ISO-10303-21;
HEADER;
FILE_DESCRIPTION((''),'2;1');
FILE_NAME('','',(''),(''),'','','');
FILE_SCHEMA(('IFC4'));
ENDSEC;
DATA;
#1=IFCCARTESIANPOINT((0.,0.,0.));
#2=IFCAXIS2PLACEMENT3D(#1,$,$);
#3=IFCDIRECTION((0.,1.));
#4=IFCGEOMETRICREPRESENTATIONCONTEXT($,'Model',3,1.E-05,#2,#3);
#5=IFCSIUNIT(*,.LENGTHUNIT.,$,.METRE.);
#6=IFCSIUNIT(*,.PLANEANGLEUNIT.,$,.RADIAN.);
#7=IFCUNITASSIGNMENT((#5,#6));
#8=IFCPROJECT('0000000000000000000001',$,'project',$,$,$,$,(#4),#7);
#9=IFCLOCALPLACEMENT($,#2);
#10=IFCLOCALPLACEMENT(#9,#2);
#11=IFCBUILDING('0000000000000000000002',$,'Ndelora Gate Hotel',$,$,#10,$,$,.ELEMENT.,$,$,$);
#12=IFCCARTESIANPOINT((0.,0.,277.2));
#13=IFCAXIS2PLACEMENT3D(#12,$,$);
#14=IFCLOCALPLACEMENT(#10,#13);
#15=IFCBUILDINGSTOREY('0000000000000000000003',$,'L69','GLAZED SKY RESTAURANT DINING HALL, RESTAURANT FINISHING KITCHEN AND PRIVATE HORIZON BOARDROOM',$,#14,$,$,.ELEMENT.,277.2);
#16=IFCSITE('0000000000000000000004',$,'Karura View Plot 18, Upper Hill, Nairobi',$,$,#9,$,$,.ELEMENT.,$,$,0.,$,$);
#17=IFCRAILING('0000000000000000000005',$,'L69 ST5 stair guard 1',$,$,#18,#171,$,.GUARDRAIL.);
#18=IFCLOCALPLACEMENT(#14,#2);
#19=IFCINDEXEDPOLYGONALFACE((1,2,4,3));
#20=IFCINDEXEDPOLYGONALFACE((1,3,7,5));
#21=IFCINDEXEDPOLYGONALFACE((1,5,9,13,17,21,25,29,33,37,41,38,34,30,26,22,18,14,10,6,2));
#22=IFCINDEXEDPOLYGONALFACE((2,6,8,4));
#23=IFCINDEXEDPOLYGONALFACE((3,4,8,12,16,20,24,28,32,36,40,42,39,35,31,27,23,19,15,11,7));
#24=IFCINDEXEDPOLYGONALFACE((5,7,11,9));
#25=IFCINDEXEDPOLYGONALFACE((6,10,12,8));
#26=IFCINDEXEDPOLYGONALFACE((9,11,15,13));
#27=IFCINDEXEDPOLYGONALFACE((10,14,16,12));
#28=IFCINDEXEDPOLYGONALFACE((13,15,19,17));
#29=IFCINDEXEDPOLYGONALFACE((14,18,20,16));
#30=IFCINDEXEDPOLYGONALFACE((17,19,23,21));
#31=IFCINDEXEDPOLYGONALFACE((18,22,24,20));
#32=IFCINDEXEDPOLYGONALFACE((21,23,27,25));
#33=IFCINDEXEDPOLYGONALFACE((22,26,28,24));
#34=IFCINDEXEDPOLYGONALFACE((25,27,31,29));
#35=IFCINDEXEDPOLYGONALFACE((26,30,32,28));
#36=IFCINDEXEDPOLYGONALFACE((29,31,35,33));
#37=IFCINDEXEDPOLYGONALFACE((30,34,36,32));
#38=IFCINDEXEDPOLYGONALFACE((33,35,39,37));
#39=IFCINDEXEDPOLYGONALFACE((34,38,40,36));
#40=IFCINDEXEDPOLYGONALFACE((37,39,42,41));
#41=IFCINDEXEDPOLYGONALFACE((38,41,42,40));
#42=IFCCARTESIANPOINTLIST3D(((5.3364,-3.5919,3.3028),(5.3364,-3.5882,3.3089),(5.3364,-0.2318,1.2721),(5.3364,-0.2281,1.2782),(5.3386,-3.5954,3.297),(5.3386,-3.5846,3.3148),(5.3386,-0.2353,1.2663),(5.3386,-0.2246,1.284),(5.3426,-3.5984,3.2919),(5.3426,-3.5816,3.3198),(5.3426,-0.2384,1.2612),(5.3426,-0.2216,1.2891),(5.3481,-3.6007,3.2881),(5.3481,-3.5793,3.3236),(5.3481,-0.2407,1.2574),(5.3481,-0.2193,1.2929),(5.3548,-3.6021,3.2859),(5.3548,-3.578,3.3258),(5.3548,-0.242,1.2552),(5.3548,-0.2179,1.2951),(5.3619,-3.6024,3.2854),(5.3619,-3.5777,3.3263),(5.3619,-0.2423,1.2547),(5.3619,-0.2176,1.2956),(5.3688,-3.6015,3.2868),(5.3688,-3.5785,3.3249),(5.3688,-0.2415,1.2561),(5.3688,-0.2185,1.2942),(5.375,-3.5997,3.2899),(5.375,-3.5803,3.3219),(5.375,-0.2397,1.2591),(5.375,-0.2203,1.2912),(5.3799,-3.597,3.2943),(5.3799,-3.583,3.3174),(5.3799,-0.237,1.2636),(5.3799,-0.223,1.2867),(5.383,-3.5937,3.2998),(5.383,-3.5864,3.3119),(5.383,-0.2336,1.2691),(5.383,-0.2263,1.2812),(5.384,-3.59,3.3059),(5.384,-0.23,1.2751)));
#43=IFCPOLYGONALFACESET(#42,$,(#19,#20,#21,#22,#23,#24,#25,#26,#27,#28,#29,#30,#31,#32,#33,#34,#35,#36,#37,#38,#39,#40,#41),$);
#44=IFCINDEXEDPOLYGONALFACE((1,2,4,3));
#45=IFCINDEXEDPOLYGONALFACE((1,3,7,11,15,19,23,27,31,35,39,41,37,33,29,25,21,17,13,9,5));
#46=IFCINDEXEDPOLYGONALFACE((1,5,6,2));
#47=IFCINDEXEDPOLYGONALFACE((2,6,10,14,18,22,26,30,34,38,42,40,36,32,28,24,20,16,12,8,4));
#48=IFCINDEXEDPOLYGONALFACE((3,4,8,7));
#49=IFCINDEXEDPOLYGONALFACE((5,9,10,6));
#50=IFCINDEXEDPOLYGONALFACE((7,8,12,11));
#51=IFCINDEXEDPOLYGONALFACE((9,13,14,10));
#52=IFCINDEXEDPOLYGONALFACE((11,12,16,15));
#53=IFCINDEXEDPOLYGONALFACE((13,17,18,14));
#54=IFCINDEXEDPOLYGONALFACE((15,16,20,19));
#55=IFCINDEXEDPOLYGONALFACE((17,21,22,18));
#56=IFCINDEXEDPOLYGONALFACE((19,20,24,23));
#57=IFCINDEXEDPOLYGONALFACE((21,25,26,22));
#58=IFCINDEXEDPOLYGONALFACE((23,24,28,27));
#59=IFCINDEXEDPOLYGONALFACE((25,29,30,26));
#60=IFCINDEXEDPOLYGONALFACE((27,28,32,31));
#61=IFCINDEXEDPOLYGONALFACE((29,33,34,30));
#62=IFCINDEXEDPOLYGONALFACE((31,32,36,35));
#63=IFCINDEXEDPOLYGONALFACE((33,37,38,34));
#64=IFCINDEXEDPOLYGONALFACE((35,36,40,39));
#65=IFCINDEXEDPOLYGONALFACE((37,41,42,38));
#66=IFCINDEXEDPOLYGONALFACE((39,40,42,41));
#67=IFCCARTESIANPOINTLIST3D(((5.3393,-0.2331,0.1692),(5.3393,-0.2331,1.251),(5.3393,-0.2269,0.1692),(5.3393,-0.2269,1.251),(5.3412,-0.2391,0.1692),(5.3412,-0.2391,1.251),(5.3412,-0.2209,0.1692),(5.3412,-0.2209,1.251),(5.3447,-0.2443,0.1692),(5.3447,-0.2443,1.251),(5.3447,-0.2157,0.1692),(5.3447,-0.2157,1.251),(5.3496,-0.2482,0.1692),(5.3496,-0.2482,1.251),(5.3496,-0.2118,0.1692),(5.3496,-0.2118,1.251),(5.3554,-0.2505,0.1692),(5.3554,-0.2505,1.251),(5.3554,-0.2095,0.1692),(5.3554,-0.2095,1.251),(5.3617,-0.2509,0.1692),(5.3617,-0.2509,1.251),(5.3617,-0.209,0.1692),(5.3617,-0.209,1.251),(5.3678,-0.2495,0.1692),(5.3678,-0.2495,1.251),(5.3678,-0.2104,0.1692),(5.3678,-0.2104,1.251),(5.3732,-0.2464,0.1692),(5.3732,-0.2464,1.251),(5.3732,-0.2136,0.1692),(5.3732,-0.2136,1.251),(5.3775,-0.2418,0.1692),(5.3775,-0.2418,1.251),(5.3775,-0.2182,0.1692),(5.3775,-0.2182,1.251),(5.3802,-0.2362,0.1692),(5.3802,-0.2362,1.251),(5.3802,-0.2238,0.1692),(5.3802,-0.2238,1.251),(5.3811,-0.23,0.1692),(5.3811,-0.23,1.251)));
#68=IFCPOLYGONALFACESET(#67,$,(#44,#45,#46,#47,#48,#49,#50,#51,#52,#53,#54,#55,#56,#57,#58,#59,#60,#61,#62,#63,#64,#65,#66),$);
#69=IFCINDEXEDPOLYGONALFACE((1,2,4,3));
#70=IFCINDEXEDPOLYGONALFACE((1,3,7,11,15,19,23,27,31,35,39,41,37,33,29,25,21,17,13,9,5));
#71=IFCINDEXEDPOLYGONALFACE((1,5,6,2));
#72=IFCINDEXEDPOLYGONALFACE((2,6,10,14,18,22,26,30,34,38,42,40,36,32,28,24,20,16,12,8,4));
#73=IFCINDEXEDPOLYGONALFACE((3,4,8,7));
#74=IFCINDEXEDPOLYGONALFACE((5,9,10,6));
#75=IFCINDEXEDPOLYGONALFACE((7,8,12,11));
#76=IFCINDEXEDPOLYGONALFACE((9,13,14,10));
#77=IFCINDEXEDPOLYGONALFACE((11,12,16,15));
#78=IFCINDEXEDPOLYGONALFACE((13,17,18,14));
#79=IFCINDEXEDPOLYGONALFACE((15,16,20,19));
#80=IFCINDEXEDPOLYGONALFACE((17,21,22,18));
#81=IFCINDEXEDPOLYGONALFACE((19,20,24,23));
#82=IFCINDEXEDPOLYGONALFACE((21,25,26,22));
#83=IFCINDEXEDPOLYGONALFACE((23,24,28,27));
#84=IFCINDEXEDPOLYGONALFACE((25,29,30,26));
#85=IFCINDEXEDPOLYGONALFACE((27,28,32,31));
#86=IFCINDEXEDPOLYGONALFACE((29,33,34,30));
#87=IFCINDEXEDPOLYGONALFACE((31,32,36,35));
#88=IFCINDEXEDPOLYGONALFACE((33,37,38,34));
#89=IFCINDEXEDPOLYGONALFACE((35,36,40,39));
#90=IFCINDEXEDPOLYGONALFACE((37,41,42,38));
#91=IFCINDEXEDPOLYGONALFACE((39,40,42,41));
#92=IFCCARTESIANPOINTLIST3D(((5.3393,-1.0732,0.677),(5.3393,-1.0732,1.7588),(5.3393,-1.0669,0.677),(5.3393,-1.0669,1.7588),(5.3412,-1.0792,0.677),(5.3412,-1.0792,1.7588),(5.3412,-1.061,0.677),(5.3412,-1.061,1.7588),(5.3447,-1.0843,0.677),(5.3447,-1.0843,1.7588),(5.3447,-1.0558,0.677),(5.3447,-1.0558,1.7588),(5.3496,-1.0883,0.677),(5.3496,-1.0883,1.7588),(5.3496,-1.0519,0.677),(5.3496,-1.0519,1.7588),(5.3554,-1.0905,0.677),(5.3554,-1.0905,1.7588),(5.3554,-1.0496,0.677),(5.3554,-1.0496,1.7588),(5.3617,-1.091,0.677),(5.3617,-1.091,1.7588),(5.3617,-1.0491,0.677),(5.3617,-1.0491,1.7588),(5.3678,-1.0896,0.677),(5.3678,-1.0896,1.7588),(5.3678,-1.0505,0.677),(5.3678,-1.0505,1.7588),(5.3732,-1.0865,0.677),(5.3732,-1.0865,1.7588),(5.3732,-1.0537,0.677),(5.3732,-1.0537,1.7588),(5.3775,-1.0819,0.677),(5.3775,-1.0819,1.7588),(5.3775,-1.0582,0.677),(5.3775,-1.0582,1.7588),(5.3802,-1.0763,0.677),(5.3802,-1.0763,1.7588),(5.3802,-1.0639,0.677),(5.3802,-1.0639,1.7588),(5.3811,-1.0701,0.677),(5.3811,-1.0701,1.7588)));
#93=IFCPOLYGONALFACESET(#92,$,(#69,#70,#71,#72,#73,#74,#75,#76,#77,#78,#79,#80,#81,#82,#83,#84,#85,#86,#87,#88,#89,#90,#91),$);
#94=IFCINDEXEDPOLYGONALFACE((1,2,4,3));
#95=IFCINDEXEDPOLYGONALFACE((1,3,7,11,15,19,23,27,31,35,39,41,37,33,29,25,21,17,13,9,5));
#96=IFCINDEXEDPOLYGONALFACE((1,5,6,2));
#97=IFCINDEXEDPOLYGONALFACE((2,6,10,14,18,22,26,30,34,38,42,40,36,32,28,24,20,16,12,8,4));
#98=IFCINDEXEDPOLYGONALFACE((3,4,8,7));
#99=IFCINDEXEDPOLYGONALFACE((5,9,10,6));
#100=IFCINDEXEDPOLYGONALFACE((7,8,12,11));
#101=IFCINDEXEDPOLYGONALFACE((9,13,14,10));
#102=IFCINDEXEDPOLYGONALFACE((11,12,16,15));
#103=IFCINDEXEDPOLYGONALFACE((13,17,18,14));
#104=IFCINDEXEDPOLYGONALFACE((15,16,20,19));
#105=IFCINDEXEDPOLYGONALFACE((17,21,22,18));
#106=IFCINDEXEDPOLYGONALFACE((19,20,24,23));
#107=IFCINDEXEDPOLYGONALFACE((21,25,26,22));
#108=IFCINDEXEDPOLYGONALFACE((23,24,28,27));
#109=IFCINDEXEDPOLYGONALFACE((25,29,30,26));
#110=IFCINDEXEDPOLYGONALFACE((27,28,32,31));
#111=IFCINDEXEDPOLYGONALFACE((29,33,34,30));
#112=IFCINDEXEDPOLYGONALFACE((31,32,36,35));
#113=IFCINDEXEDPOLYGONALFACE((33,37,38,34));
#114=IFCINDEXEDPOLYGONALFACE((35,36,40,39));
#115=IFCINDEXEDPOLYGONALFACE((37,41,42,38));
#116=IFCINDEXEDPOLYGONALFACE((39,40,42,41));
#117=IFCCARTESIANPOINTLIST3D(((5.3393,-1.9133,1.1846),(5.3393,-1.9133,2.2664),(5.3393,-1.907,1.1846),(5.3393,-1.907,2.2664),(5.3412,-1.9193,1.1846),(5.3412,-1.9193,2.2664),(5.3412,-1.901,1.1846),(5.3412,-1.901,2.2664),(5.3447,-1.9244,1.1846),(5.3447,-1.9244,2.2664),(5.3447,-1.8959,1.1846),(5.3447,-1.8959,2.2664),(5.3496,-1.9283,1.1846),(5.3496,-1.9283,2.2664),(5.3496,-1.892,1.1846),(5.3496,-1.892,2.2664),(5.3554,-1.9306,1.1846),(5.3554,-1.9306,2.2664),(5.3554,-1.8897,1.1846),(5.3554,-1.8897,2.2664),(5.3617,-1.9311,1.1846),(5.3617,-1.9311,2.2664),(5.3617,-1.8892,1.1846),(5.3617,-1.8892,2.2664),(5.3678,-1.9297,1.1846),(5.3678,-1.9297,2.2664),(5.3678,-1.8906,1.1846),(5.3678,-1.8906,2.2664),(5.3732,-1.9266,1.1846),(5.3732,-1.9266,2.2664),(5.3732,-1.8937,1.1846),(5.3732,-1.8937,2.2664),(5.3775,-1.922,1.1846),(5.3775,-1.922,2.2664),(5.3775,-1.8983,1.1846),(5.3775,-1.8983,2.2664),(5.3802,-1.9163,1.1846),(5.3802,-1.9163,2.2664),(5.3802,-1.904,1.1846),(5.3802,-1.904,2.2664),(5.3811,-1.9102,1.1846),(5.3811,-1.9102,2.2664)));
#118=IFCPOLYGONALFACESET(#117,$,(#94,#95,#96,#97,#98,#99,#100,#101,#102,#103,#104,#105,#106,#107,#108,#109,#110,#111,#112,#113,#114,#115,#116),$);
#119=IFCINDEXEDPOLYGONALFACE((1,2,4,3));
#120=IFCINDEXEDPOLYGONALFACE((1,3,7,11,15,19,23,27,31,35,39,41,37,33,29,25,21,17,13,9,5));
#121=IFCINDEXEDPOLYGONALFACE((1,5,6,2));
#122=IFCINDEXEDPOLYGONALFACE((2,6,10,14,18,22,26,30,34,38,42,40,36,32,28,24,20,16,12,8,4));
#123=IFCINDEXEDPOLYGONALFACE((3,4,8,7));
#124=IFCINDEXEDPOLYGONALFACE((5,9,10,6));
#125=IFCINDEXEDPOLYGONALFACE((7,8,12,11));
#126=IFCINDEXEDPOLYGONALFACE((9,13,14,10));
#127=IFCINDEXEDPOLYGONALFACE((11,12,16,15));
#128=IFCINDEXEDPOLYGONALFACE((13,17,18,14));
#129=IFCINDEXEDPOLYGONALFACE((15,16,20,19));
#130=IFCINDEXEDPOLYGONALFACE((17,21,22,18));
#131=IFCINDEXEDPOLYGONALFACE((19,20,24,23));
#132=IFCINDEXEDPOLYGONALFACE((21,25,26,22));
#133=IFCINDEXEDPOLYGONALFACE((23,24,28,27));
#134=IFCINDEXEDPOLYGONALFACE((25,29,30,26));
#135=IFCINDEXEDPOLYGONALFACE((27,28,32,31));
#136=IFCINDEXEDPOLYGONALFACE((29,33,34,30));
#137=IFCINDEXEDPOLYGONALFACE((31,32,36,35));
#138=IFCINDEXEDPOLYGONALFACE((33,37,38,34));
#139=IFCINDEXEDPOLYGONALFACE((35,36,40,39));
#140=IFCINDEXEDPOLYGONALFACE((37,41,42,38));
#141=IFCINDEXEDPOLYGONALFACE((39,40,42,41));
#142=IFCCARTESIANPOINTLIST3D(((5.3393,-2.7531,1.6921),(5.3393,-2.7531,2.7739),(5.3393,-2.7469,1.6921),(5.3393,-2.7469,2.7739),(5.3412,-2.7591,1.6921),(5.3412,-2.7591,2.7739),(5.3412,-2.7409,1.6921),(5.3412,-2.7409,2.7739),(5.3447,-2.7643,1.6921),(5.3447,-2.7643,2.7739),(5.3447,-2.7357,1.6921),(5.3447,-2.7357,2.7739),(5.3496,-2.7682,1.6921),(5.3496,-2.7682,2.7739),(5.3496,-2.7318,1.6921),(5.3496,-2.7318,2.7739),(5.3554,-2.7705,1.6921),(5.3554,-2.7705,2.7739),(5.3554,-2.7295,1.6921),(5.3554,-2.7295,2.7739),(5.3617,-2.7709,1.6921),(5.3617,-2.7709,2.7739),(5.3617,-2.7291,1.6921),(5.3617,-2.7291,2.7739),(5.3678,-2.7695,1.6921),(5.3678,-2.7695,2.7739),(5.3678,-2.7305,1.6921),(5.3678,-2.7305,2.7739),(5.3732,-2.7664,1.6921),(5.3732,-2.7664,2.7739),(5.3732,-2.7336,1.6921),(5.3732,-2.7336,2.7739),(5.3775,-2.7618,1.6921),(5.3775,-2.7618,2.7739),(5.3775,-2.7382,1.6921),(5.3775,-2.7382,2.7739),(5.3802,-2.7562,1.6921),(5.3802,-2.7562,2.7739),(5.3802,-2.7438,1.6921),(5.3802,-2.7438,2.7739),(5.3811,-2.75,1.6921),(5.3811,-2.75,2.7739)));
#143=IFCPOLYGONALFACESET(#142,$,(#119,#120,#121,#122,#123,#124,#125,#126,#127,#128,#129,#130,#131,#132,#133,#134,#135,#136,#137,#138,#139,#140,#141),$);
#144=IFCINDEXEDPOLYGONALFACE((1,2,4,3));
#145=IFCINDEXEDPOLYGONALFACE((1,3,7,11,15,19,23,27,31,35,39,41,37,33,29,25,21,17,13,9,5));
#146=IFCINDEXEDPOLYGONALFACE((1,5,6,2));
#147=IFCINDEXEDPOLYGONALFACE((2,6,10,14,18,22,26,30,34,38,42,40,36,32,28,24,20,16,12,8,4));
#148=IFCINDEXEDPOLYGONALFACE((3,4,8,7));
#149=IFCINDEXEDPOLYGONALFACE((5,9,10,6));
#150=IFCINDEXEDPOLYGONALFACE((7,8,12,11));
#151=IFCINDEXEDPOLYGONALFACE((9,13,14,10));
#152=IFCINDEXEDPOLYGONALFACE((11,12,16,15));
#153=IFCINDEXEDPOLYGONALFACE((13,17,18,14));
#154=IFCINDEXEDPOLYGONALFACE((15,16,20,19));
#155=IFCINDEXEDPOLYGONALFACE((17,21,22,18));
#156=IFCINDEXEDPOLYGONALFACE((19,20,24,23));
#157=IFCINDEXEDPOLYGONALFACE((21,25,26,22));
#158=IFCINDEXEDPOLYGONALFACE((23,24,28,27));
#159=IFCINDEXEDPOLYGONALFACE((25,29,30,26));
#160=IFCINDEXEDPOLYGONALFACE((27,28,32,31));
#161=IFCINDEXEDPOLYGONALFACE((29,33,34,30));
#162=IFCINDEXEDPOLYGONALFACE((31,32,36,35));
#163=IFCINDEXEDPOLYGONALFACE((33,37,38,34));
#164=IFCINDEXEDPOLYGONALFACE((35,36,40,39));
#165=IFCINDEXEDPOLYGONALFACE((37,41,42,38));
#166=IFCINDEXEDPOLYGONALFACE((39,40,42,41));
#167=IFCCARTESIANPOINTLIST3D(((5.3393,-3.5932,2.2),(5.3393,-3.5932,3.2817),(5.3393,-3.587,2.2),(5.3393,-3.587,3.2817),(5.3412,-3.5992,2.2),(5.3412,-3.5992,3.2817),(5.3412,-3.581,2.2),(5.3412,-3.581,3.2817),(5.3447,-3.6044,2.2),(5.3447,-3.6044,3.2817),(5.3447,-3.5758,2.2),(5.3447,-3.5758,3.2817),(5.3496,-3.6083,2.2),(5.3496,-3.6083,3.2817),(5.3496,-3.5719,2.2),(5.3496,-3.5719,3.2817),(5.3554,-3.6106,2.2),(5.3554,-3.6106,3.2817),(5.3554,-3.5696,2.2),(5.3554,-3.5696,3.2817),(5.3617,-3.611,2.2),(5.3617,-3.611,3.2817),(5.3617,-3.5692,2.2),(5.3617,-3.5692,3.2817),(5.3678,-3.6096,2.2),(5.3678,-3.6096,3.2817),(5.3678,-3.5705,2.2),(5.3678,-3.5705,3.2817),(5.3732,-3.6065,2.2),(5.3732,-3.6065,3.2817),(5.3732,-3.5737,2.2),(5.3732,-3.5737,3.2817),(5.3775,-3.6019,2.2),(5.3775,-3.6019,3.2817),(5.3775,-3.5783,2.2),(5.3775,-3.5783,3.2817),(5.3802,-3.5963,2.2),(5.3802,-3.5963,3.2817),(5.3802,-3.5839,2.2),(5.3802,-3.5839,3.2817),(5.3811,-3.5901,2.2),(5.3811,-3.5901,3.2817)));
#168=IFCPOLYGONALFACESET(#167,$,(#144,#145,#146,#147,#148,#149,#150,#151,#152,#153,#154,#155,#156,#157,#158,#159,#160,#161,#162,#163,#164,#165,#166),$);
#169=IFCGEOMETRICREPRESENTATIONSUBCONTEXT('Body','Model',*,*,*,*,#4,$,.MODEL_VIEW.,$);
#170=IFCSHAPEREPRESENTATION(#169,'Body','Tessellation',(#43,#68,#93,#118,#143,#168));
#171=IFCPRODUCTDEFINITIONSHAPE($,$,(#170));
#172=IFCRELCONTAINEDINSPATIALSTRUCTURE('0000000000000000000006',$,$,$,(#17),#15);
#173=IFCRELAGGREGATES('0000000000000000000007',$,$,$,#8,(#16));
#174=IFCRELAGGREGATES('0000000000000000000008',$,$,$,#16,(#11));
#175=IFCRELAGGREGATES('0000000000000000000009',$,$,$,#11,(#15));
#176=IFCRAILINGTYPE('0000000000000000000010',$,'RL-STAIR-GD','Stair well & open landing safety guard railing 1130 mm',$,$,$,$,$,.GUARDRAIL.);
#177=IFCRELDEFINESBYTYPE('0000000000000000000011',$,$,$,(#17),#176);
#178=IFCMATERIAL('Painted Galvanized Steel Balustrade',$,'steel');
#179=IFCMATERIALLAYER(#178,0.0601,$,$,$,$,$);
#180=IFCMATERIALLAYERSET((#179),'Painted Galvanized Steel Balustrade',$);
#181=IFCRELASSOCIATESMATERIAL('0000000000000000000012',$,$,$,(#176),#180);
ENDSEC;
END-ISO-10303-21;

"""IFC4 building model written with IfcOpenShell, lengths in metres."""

from ifc_helpers import new_model, si_unit, direction, frame, origin, origin_2d, place, context, subcontext, project, spatial, circle, extrude, material, layer, layer_set, type_object, element, save


model = new_model("IFC4")

# Units and contexts
model_context = context("Model", 3, precision=1e-05, world=origin(), true_north=direction((0.0, 1.0)))
body_context = subcontext(model_context, "Body", "Model", "MODEL_VIEW")
ifc_project = project(units=[si_unit("LENGTHUNIT", "METRE"), si_unit("PLANEANGLEUNIT", "RADIAN")], contexts=[model_context])

# Site, building, storey
site_placement = place(None, origin())
site = spatial("IfcSite", under=ifc_project, at=site_placement, Name="Karura View Plot 18, Upper Hill, Nairobi", CompositionType="ELEMENT", RefElevation=0.0)
building_placement = place(site_placement, origin())
building = spatial("IfcBuilding", under=site, at=building_placement, Name="Ndelora Gate Hotel", CompositionType="ELEMENT")
storey_placement = place(building_placement, frame((0.0, 0.0, 277.2)))
storey = spatial("IfcBuildingStorey", under=building, at=storey_placement, Name="L69", Description="GLAZED SKY RESTAURANT DINING HALL, RESTAURANT FINISHING KITCHEN AND PRIVATE HORIZON BOARDROOM", CompositionType="ELEMENT", Elevation=277.2)

# Railing
ifc_material_1 = material(Name="Painted Galvanized Steel Balustrade", Category="steel")
ifc_layer_1 = layer(ifc_material_1, 0.0601)
ifc_layer_set_1 = layer_set([ifc_layer_1], Name="Painted Galvanized Steel Balustrade")
railing_type_1 = type_object("IfcRailingType", Name="RL-STAIR-GD", Description="Stair well & open landing safety guard railing 1130 mm", PredefinedType="GUARDRAIL", material=ifc_layer_set_1)
railing_1_placement = place(storey_placement, frame((5.3601, -0.23, 0.1692)))
element("IfcRailing", 1, at=railing_1_placement, inside=storey, type_object=railing_type_1, Name="L69 ST5 stair guard 1", PredefinedType="GUARDRAIL", context=body_context, shape_type="SweptSolid", body=[
    extrude(circle(Radius=0.0239, at=origin_2d()), frame((0.0, 0.0, 1.106), z_axis=(0.0, -0.855837, 0.517246), x_axis=(1.0, 0.0, 0.0)), (0.0, 0.0, 1.0), 3.926),
    extrude(circle(Radius=0.021, at=origin_2d()), origin(), (0.0, 0.0, 1.0), 1.0818),
    extrude(circle(Radius=0.021, at=origin_2d()), frame((0.0, -0.8401, 0.5078)), (0.0, 0.0, 1.0), 1.0818),
    extrude(circle(Radius=0.021, at=origin_2d()), frame((0.0, -1.6802, 1.0154)), (0.0, 0.0, 1.0), 1.0818),
    extrude(circle(Radius=0.021, at=origin_2d()), frame((0.0, -2.52, 1.5229)), (0.0, 0.0, 1.0), 1.0818),
    extrude(circle(Radius=0.021, at=origin_2d()), frame((0.0, -3.3601, 2.0308)), (0.0, 0.0, 1.0), 1.0818),
])

save(model, "model.ifc")
